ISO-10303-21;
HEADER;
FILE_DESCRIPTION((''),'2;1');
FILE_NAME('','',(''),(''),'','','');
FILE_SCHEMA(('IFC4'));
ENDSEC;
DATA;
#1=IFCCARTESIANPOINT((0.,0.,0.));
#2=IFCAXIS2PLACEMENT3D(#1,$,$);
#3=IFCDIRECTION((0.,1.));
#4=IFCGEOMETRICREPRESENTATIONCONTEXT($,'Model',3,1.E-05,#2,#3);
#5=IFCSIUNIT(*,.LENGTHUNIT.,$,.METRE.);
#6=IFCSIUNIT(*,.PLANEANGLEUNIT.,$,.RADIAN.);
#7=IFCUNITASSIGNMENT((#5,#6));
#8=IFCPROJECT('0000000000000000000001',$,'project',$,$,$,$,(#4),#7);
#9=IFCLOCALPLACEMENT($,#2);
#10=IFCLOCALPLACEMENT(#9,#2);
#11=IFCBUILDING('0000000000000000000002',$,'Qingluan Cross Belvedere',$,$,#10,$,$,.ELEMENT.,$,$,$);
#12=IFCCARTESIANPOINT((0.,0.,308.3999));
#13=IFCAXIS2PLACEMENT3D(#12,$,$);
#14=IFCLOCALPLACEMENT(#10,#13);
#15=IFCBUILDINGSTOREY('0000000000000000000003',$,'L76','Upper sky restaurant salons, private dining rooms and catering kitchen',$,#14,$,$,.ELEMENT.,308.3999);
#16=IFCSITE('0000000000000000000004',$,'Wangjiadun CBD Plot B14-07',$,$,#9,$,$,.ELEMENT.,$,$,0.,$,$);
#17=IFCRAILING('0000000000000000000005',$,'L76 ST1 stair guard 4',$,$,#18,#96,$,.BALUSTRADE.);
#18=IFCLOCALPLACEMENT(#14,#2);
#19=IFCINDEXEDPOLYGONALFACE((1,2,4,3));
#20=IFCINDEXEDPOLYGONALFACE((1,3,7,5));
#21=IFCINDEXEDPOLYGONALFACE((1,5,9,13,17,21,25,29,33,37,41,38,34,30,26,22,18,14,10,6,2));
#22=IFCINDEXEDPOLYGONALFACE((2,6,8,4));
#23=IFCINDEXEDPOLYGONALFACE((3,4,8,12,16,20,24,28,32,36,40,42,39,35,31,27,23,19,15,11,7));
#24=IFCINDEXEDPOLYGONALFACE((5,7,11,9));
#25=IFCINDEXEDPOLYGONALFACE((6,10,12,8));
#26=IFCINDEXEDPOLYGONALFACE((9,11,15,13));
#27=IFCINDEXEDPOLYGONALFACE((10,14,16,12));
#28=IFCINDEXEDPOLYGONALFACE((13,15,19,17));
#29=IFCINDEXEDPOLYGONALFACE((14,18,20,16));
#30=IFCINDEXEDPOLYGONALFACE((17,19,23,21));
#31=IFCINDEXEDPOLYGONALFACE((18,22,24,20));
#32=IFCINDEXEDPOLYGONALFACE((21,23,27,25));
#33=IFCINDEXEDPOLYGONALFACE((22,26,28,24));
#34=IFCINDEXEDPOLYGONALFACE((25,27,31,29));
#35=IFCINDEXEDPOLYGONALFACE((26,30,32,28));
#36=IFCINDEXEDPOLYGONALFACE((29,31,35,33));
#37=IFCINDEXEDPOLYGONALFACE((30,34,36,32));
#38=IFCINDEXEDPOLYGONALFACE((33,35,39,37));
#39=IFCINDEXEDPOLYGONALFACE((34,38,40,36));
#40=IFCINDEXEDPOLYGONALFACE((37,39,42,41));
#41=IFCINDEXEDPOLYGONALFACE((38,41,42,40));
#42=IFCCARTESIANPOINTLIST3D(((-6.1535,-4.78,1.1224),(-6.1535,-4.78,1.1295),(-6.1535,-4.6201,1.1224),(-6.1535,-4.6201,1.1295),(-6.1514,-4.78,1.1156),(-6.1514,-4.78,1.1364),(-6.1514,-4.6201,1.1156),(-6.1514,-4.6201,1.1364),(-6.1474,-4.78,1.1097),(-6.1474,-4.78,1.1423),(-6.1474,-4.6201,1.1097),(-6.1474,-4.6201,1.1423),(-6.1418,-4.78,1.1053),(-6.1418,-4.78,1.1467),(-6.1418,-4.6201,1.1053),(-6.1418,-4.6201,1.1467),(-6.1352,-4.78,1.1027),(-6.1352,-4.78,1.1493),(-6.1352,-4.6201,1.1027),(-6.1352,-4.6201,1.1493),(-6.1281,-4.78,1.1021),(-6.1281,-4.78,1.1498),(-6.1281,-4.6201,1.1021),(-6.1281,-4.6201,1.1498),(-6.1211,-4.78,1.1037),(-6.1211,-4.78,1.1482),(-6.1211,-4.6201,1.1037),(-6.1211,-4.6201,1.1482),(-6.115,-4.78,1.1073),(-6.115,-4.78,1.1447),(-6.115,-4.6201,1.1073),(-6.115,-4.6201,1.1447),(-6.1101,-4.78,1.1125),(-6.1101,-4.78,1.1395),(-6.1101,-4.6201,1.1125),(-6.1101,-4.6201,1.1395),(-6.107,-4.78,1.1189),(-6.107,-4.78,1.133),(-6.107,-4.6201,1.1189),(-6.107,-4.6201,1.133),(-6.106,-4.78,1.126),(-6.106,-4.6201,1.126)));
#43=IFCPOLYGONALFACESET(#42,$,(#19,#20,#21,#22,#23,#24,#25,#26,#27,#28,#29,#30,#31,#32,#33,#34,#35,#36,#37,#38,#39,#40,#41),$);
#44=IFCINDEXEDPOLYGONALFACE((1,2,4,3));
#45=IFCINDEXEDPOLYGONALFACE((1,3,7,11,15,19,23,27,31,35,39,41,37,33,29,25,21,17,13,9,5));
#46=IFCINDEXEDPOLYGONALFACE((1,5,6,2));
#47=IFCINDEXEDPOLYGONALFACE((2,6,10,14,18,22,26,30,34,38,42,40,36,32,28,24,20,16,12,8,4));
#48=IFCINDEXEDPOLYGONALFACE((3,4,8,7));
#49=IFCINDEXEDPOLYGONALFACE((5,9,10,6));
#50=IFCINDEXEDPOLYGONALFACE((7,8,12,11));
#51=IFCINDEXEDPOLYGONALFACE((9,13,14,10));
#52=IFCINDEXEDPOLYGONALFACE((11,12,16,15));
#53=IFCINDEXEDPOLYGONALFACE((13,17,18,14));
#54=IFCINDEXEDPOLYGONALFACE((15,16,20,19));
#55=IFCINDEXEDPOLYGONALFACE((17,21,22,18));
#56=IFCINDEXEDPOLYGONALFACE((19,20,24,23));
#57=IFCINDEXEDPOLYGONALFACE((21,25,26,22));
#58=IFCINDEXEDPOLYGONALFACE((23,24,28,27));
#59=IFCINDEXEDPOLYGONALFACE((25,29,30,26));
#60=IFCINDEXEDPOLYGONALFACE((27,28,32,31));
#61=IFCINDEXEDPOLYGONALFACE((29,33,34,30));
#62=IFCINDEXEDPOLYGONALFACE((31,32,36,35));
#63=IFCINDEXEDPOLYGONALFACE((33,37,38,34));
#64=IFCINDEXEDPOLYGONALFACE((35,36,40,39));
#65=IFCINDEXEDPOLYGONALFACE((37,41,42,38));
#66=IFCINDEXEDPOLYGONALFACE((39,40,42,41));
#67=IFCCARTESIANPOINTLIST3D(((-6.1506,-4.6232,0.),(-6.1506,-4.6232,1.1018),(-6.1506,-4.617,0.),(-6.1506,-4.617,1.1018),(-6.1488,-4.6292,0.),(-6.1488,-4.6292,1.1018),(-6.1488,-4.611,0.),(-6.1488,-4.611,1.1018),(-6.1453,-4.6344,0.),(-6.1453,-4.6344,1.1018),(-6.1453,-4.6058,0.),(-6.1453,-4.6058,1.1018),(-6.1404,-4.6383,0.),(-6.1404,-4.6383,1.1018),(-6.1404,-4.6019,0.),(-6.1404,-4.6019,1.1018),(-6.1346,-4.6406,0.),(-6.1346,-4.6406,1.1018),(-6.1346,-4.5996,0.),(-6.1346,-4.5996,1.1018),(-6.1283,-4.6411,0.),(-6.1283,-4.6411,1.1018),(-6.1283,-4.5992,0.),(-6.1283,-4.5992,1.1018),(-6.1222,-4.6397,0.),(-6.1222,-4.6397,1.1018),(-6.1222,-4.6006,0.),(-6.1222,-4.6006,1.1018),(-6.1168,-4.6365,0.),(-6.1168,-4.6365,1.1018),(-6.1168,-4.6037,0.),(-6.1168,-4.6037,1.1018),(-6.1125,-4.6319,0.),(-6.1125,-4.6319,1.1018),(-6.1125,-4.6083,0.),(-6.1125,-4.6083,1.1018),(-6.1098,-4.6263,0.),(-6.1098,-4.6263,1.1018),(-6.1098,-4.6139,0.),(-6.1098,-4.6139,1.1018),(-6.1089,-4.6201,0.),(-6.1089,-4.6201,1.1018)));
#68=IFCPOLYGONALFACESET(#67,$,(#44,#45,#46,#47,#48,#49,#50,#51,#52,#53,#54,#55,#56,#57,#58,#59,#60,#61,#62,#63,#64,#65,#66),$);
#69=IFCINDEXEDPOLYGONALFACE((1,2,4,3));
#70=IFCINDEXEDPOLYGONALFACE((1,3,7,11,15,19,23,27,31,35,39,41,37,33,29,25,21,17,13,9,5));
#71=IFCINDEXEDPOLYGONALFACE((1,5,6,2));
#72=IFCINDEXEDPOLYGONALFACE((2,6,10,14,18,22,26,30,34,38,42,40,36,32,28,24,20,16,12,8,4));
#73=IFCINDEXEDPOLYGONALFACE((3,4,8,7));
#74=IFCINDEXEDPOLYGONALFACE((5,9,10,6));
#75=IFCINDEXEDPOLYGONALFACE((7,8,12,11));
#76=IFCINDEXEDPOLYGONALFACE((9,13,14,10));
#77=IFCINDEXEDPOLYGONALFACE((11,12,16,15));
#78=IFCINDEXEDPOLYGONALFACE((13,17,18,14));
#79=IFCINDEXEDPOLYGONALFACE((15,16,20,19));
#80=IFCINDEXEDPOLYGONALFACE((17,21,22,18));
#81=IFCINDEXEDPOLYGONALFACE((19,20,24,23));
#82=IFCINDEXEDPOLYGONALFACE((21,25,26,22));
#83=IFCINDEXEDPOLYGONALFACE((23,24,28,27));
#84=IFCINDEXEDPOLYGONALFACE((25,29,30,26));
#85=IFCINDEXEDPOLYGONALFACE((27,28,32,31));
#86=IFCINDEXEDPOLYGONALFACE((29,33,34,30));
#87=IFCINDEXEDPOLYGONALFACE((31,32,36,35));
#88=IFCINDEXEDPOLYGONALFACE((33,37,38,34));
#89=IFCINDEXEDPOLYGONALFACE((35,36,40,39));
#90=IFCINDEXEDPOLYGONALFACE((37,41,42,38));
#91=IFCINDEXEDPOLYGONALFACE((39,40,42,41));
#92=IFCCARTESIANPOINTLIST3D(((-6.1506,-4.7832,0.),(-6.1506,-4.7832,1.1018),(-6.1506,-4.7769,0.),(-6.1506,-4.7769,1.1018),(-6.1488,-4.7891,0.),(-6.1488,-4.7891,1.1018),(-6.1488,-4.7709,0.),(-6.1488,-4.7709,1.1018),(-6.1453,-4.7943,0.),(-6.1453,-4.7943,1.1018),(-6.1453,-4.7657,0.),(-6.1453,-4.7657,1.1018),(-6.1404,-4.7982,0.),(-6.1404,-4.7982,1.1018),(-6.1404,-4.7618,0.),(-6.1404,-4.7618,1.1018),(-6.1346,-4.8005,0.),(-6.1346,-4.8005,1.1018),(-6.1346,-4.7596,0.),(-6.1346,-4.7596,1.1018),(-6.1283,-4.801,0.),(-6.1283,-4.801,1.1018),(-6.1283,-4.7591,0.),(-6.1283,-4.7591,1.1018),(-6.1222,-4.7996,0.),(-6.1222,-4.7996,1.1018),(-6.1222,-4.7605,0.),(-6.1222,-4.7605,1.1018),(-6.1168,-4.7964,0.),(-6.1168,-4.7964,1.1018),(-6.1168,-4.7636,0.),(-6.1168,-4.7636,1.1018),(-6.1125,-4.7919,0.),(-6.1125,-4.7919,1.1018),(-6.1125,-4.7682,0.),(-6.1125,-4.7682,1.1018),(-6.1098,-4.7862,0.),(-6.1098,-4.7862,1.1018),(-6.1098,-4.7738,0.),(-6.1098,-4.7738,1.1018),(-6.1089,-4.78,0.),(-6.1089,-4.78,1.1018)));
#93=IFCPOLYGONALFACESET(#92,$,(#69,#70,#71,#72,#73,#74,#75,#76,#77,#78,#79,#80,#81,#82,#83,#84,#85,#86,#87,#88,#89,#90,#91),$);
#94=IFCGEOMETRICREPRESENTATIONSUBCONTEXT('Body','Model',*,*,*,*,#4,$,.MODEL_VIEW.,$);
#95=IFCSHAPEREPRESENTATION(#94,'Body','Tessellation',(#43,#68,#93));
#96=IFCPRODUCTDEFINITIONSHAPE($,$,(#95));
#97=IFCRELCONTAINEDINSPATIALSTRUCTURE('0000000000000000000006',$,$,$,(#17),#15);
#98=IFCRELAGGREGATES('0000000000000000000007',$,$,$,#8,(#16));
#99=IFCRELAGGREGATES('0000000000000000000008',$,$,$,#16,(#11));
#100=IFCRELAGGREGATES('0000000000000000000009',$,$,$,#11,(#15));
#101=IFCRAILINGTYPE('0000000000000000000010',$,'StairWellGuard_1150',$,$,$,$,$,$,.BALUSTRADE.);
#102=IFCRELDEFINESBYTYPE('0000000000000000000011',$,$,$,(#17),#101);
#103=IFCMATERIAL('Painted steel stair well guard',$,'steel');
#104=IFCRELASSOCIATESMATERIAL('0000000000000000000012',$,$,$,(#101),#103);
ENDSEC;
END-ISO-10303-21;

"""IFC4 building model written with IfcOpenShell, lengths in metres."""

from ifc_helpers import new_model, si_unit, direction, frame, origin, origin_2d, place, context, subcontext, project, spatial, circle, extrude, material, type_object, element, save


model = new_model("IFC4")

# Units and contexts
model_context = context("Model", 3, precision=1e-05, world=origin(), true_north=direction((0.0, 1.0)))
body_context = subcontext(model_context, "Body", "Model", "MODEL_VIEW")
ifc_project = project(units=[si_unit("LENGTHUNIT", "METRE"), si_unit("PLANEANGLEUNIT", "RADIAN")], contexts=[model_context])

# Site, building, storey
site_placement = place(None, origin())
site = spatial("IfcSite", under=ifc_project, at=site_placement, Name="Wangjiadun CBD Plot B14-07", CompositionType="ELEMENT", RefElevation=0.0)
building_placement = place(site_placement, origin())
building = spatial("IfcBuilding", under=site, at=building_placement, Name="Qingluan Cross Belvedere", CompositionType="ELEMENT")
storey_placement = place(building_placement, frame((0.0, 0.0, 308.3999)))
storey = spatial("IfcBuildingStorey", under=building, at=storey_placement, Name="L76", Description="Upper sky restaurant salons, private dining rooms and catering kitchen", CompositionType="ELEMENT", Elevation=308.3999)

# Railing
ifc_material_1 = material(Name="Painted steel stair well guard", Category="steel")
railing_type_1 = type_object("IfcRailingType", Name="StairWellGuard_1150", PredefinedType="BALUSTRADE", material=ifc_material_1)
railing_1_placement = place(storey_placement, frame((-6.1299, -4.6201, 0.0)))
element("IfcRailing", 1, at=railing_1_placement, inside=storey, type_object=railing_type_1, Name="L76 ST1 stair guard 4", PredefinedType="BALUSTRADE", context=body_context, shape_type="SweptSolid", body=[
    extrude(circle(Radius=0.0239, at=origin_2d()), frame((0.0, 0.0, 1.126), z_axis=(0.0, -1.0, 0.0), x_axis=(1.0, 0.0, 0.0)), (0.0, 0.0, 1.0), 0.1599),
    extrude(circle(Radius=0.021, at=origin_2d()), origin(), (0.0, 0.0, 1.0), 1.1018),
    extrude(circle(Radius=0.021, at=origin_2d()), frame((0.0, -0.1599, 0.0)), (0.0, 0.0, 1.0), 1.1018),
])

save(model, "model.ifc")
